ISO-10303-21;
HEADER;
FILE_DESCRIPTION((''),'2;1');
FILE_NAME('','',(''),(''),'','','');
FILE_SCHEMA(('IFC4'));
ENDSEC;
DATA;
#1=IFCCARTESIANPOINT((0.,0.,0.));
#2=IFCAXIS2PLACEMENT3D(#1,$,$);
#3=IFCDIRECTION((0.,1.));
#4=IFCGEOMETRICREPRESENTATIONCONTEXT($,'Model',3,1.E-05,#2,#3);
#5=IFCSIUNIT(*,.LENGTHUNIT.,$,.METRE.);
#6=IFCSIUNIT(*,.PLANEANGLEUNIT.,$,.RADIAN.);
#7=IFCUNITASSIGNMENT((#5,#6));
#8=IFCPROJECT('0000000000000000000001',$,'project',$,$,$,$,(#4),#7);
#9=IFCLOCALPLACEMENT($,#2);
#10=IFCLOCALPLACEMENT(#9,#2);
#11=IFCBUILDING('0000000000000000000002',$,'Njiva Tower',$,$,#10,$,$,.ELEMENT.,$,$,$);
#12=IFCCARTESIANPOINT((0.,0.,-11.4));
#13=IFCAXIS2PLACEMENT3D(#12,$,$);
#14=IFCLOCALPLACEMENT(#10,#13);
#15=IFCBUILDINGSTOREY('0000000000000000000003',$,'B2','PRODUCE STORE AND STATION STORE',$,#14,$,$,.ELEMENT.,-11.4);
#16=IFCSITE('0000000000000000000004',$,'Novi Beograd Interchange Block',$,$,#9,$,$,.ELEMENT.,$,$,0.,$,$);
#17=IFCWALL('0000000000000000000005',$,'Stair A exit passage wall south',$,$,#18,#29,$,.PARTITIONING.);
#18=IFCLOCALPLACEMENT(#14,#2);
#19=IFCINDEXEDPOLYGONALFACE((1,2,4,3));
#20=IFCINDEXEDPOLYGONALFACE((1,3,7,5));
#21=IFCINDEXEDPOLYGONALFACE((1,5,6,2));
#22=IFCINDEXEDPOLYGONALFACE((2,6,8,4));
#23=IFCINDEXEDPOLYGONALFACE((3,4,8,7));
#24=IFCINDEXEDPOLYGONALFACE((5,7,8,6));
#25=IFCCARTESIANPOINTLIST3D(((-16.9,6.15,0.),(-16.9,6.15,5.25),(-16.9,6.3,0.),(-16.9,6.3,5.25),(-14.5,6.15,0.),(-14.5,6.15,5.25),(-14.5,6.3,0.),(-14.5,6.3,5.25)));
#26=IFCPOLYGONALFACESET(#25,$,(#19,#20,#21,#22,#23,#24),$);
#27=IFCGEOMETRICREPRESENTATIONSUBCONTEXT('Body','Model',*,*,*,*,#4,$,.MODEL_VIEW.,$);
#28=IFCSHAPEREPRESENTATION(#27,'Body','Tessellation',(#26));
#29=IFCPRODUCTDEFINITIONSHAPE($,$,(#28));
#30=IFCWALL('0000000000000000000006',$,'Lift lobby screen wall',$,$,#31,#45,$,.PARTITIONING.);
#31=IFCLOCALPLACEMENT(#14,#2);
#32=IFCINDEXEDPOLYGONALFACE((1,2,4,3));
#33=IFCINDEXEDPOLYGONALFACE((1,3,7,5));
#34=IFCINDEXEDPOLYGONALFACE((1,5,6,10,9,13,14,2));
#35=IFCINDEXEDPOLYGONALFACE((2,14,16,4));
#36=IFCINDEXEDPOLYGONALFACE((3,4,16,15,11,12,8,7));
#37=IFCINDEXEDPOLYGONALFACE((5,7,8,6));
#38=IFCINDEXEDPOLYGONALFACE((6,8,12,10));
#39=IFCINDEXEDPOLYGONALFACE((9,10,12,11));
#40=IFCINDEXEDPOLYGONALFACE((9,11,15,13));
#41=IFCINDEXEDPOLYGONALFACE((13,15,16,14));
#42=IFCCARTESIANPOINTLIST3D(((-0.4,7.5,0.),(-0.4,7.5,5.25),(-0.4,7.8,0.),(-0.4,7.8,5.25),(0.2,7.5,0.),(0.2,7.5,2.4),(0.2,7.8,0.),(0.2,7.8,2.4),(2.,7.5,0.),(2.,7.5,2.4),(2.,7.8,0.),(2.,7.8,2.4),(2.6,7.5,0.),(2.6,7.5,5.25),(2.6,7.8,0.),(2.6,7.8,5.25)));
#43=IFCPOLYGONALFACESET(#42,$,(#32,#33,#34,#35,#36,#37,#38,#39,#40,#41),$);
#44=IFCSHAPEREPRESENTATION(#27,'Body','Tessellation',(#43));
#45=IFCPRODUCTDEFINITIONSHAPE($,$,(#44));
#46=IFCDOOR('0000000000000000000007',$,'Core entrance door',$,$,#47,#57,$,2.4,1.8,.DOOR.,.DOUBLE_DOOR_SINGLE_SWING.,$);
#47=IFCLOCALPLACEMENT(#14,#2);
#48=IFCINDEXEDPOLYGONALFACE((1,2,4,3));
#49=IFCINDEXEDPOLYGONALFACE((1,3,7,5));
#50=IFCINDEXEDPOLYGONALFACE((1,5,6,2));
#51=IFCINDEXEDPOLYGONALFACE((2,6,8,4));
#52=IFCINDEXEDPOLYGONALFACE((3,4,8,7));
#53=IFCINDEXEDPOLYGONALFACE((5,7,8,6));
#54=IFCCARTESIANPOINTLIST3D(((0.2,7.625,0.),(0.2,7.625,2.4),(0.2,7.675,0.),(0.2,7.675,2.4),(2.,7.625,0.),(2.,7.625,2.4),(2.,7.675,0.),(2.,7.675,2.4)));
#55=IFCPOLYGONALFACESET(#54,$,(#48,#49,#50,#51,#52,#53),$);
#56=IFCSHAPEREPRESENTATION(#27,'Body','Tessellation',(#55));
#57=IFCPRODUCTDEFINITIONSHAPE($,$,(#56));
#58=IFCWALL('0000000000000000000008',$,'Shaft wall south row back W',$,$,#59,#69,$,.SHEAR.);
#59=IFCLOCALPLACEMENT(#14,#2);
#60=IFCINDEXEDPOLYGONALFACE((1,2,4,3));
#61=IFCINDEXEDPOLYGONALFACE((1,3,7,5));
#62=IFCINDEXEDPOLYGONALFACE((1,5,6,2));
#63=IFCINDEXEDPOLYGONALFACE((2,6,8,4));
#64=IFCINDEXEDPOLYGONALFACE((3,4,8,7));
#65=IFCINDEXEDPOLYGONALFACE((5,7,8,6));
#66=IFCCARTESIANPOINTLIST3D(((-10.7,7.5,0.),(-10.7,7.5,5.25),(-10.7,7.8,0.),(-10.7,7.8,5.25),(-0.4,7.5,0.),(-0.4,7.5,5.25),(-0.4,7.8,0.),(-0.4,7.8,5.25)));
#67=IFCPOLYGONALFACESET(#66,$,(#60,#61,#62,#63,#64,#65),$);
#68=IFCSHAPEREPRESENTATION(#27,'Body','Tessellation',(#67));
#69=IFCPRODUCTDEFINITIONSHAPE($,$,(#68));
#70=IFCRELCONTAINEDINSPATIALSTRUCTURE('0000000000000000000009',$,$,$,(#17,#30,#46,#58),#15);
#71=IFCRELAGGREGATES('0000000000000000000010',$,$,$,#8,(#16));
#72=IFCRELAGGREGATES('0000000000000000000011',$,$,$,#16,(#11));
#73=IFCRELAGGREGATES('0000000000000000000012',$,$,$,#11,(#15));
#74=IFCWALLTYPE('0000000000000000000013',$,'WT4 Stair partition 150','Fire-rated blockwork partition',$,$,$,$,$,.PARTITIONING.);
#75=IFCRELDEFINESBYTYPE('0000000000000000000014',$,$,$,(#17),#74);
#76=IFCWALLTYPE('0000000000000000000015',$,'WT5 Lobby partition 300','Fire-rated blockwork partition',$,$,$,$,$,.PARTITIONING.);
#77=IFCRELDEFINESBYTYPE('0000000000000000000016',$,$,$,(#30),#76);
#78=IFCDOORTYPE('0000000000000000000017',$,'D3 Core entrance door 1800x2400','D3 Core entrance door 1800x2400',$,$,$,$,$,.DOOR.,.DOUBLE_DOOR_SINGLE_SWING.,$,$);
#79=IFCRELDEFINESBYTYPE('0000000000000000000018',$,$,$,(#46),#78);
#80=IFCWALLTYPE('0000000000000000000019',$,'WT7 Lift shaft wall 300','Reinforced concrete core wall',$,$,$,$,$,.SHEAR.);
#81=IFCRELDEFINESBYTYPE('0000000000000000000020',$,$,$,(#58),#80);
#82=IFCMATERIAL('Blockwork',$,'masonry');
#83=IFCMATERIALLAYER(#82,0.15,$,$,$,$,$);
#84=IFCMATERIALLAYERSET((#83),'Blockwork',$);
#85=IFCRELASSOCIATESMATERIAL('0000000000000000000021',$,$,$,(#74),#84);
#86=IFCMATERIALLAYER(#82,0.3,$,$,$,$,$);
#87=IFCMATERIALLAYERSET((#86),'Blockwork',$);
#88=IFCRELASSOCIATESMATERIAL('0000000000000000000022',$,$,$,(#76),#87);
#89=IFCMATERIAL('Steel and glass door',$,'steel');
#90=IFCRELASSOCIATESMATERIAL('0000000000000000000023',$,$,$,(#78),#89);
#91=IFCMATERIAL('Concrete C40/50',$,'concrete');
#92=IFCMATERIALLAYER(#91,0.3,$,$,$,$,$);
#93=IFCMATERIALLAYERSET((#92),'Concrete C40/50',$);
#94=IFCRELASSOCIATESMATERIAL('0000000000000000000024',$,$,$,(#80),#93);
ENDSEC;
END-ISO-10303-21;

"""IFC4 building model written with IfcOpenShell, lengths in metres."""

from ifc_helpers import new_model, si_unit, direction, frame, frame_2d, origin, place, context, subcontext, project, spatial, rectangle, extrude, material, layer, layer_set, type_object, element, fill, save


model = new_model("IFC4")

# Units and contexts
model_context = context("Model", 3, precision=1e-05, world=origin(), true_north=direction((0.0, 1.0)))
body_context = subcontext(model_context, "Body", "Model", "MODEL_VIEW")
ifc_project = project(units=[si_unit("LENGTHUNIT", "METRE"), si_unit("PLANEANGLEUNIT", "RADIAN")], contexts=[model_context])

# Site, building, storey
site_placement = place(None, origin())
site = spatial("IfcSite", under=ifc_project, at=site_placement, Name="Novi Beograd Interchange Block", CompositionType="ELEMENT", RefElevation=0.0)
building_placement = place(site_placement, origin())
building = spatial("IfcBuilding", under=site, at=building_placement, Name="Njiva Tower", CompositionType="ELEMENT")
storey_placement = place(building_placement, frame((0.0, 0.0, -11.4)))
storey = spatial("IfcBuildingStorey", under=building, at=storey_placement, Name="B2", Description="PRODUCE STORE AND STATION STORE", CompositionType="ELEMENT", Elevation=-11.4)

# Shared definitions
ifc_material_1 = material(Name="Concrete C40/50", Category="concrete")

# Shared definitions
ifc_material_2 = material(Name="Blockwork", Category="masonry")

# Wall
ifc_layer_1 = layer(ifc_material_2, 0.15)
ifc_layer_set_1 = layer_set([ifc_layer_1], Name="Blockwork")
wall_type_1 = type_object("IfcWallType", Name="WT4 Stair partition 150", Description="Fire-rated blockwork partition", PredefinedType="PARTITIONING", material=ifc_layer_set_1)
wall_1_placement = place(storey_placement, frame((-16.9, 6.225, 0.0), z_axis=(0.0, 0.0, 1.0), x_axis=(1.0, 0.0, 0.0)))
element("IfcWall", 1, at=wall_1_placement, inside=storey, type_object=wall_type_1, Name="Stair A exit passage wall south", PredefinedType="PARTITIONING", context=body_context, shape_type="SweptSolid", body=[
    extrude(rectangle(XDim=2.4, YDim=0.15, at=frame_2d((1.2, 0.0))), origin(), (0.0, 0.0, 1.0), 5.25),
])

# Wall, opening, door
ifc_layer_2 = layer(ifc_material_2, 0.3)
ifc_layer_set_2 = layer_set([ifc_layer_2], Name="Blockwork")
wall_type_2 = type_object("IfcWallType", Name="WT5 Lobby partition 300", Description="Fire-rated blockwork partition", PredefinedType="PARTITIONING", material=ifc_layer_set_2)
wall_2_placement = place(storey_placement, frame((-0.4, 7.65, 0.0), z_axis=(0.0, 0.0, 1.0), x_axis=(1.0, 0.0, 0.0)))
wall_2 = element("IfcWall", 2, at=wall_2_placement, inside=storey, type_object=wall_type_2, Name="Lift lobby screen wall", PredefinedType="PARTITIONING", context=body_context, shape_type="SweptSolid", body=[
    extrude(rectangle(XDim=3.0, YDim=0.3, at=frame_2d((1.5, 0.0))), origin(), (0.0, 0.0, 1.0), 5.25),
])
opening_1_placement = place(wall_2_placement, frame((0.6, 0.0, 0.0)))
opening_1 = element("IfcOpeningElement", 3, at=opening_1_placement, cuts=wall_2, PredefinedType="OPENING", context=body_context, shape_type="SweptSolid", body=[
    extrude(rectangle(XDim=1.8, YDim=2.4, at=frame_2d((0.9, 1.2))), frame((0.0, 0.16, 0.0), z_axis=(0.0, -1.0, 0.0), x_axis=(1.0, 0.0, 0.0)), (0.0, 0.0, 1.0), 0.32),
])
ifc_material_3 = material(Name="Steel and glass door", Category="steel")
door_type_1 = type_object("IfcDoorType", Name="D3 Core entrance door 1800x2400", Description="D3 Core entrance door 1800x2400", OperationType="DOUBLE_DOOR_SINGLE_SWING", PredefinedType="DOOR", material=ifc_material_3)
door_1_placement = place(opening_1_placement, origin())
door_1 = element("IfcDoor", 4, at=door_1_placement, inside=storey, type_object=door_type_1, Name="Core entrance door", OperationType="DOUBLE_DOOR_SINGLE_SWING", OverallHeight=2.4, OverallWidth=1.8, PredefinedType="DOOR", context=body_context, shape_type="SweptSolid", body=[
    extrude(rectangle(XDim=1.8, YDim=2.4, at=frame_2d((0.9, 1.2))), frame((0.0, 0.025, 0.0), z_axis=(0.0, -1.0, 0.0), x_axis=(1.0, 0.0, 0.0)), (0.0, 0.0, 1.0), 0.05),
])
fill(opening_1, door_1)

# Wall
ifc_layer_3 = layer(ifc_material_1, 0.3)
ifc_layer_set_3 = layer_set([ifc_layer_3], Name="Concrete C40/50")
wall_type_3 = type_object("IfcWallType", Name="WT7 Lift shaft wall 300", Description="Reinforced concrete core wall", PredefinedType="SHEAR", material=ifc_layer_set_3)
wall_3_placement = place(storey_placement, frame((-10.7, 7.65, 0.0), z_axis=(0.0, 0.0, 1.0), x_axis=(1.0, 0.0, 0.0)))
element("IfcWall", 5, at=wall_3_placement, inside=storey, type_object=wall_type_3, Name="Shaft wall south row back W", PredefinedType="SHEAR", context=body_context, shape_type="SweptSolid", body=[
    extrude(rectangle(XDim=10.3, YDim=0.3, at=frame_2d((5.15, 0.0))), origin(), (0.0, 0.0, 1.0), 5.25),
])

save(model, "model.ifc")
